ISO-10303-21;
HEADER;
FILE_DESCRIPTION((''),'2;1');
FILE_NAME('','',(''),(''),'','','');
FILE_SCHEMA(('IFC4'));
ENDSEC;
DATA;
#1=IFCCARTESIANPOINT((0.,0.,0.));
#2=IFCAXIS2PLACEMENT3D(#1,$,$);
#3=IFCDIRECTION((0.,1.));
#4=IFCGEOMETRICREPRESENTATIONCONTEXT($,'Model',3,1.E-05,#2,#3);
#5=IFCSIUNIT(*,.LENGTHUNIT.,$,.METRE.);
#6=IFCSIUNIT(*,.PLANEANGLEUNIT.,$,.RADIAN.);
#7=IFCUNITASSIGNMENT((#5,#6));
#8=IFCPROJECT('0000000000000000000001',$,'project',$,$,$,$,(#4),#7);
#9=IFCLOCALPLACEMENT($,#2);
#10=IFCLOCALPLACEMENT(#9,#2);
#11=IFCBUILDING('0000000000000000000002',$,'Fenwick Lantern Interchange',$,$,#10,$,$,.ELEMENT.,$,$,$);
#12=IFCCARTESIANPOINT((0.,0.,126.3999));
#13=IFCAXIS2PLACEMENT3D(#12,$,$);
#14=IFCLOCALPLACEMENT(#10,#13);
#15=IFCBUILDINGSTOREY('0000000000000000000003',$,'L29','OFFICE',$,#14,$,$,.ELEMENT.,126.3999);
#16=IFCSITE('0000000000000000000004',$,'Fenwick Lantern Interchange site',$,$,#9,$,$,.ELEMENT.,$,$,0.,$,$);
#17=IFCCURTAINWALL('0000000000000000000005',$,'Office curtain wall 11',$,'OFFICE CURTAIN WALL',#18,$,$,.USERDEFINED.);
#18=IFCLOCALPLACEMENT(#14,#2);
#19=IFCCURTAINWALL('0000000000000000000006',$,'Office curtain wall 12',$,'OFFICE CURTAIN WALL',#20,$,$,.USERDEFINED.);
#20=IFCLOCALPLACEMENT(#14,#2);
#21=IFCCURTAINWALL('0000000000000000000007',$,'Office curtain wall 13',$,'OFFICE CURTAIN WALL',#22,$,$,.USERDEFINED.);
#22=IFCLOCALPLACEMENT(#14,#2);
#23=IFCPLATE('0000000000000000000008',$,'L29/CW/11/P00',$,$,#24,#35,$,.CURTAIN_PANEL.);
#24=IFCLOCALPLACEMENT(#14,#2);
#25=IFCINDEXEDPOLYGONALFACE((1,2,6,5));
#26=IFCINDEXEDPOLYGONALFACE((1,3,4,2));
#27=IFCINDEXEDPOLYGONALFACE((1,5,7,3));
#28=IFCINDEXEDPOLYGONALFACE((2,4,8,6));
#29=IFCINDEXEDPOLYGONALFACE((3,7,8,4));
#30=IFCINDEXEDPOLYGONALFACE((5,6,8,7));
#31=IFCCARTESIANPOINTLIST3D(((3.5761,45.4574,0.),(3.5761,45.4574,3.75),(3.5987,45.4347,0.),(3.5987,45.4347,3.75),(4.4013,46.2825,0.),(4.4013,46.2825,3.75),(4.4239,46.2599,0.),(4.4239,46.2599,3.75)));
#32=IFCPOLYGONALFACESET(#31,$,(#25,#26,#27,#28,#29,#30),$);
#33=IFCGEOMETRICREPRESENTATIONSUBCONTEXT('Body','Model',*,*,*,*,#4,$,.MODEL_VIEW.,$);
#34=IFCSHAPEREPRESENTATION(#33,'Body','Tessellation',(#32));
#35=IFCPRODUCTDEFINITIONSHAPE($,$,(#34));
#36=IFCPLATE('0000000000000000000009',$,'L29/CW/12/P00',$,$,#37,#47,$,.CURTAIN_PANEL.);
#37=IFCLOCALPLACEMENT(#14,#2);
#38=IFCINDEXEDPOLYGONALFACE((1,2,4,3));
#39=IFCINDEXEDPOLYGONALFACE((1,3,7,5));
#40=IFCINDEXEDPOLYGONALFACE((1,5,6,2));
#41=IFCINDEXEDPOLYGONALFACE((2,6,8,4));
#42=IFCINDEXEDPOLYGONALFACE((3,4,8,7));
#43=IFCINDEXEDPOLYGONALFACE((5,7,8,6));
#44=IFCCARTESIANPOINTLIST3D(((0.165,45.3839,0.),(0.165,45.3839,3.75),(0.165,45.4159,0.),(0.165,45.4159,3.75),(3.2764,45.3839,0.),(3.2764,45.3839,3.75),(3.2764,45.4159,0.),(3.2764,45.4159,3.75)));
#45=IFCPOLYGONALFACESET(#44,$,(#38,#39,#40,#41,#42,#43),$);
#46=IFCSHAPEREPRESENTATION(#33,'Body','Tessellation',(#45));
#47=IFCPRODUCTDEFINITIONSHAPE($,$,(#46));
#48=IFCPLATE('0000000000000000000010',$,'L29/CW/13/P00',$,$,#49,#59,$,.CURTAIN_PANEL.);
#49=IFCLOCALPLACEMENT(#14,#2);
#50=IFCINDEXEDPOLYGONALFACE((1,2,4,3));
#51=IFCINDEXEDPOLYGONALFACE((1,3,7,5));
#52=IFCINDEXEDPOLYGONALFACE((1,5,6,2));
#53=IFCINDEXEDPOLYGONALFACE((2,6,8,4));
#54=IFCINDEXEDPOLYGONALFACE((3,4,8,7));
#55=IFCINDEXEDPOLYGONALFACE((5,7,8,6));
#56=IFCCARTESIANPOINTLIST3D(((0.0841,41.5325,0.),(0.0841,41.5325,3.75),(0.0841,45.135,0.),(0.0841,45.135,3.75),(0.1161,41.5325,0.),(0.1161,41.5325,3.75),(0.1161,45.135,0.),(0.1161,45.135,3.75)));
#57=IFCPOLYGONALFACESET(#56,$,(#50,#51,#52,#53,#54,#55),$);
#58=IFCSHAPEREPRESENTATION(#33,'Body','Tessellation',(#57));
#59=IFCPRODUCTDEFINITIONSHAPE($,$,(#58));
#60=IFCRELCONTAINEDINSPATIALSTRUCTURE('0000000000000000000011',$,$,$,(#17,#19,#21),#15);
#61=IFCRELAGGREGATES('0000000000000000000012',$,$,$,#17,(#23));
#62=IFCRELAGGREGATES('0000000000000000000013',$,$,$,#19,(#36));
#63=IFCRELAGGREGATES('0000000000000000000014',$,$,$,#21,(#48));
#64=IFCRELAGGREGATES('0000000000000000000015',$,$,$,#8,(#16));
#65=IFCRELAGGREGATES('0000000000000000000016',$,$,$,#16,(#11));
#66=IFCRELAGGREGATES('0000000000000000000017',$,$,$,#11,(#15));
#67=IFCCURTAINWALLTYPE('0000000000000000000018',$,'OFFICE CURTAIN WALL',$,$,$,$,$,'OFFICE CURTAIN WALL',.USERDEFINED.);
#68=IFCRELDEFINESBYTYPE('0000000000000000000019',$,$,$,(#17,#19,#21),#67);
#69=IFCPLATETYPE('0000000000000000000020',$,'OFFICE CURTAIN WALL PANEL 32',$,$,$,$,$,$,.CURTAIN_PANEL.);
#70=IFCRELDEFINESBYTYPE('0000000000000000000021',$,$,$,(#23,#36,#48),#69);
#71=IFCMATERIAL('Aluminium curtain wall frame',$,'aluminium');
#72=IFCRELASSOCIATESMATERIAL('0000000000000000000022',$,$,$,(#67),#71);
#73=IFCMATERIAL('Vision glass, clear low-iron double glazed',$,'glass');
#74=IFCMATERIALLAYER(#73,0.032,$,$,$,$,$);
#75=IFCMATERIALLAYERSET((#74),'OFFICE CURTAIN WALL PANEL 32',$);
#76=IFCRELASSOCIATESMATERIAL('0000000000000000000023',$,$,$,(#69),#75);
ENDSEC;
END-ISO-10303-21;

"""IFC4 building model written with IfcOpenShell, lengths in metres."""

from ifc_helpers import new_model, si_unit, direction, frame, origin, origin_2d, place, context, subcontext, project, spatial, rectangle, extrude, material, layer, layer_set, type_object, element, aggregate, save


model = new_model("IFC4")

# Units and contexts
model_context = context("Model", 3, precision=1e-05, world=origin(), true_north=direction((0.0, 1.0)))
body_context = subcontext(model_context, "Body", "Model", "MODEL_VIEW")
ifc_project = project(units=[si_unit("LENGTHUNIT", "METRE"), si_unit("PLANEANGLEUNIT", "RADIAN")], contexts=[model_context])

# Site, building, storey
site_placement = place(None, origin())
site = spatial("IfcSite", under=ifc_project, at=site_placement, Name="Fenwick Lantern Interchange site", CompositionType="ELEMENT", RefElevation=0.0)
building_placement = place(site_placement, origin())
building = spatial("IfcBuilding", under=site, at=building_placement, Name="Fenwick Lantern Interchange", CompositionType="ELEMENT")
storey_placement = place(building_placement, frame((0.0, 0.0, 126.3999)))
storey = spatial("IfcBuildingStorey", under=building, at=storey_placement, Name="L29", Description="OFFICE", CompositionType="ELEMENT", Elevation=126.3999)

# Shared definitions
ifc_material_1 = material(Name="Aluminium curtain wall frame", Category="aluminium")
curtain_wall_type = type_object("IfcCurtainWallType", Name="OFFICE CURTAIN WALL", ElementType="OFFICE CURTAIN WALL", PredefinedType="USERDEFINED", material=ifc_material_1)

# Curtain walls
curtain_wall_1_placement = place(storey_placement, origin())
curtain_wall_1 = element("IfcCurtainWall", 1, at=curtain_wall_1_placement, inside=storey, type_object=curtain_wall_type, Name="Office curtain wall 11", ObjectType="OFFICE CURTAIN WALL", PredefinedType="USERDEFINED")
curtain_wall_2_placement = place(storey_placement, origin())
curtain_wall_2 = element("IfcCurtainWall", 2, at=curtain_wall_2_placement, inside=storey, type_object=curtain_wall_type, Name="Office curtain wall 12", ObjectType="OFFICE CURTAIN WALL", PredefinedType="USERDEFINED")
curtain_wall_3_placement = place(storey_placement, origin())
curtain_wall_3 = element("IfcCurtainWall", 3, at=curtain_wall_3_placement, inside=storey, type_object=curtain_wall_type, Name="Office curtain wall 13", ObjectType="OFFICE CURTAIN WALL", PredefinedType="USERDEFINED")

# Plates
ifc_material_2 = material(Name="Vision glass, clear low-iron double glazed", Category="glass")
ifc_layer_1 = layer(ifc_material_2, 0.032)
ifc_layer_set_1 = layer_set([ifc_layer_1], Name="OFFICE CURTAIN WALL PANEL 32")
plate_type = type_object("IfcPlateType", Name="OFFICE CURTAIN WALL PANEL 32", PredefinedType="CURTAIN_PANEL", material=ifc_layer_set_1)
plate_1_placement = place(storey_placement, frame((4.0, 45.8586, 0.0), z_axis=(0.0, 0.0, 1.0), x_axis=(-0.707107, -0.707107, 0.0)))
plate_1 = element("IfcPlate", 4, at=plate_1_placement, type_object=plate_type, Name="L29/CW/11/P00", PredefinedType="CURTAIN_PANEL", context=body_context, shape_type="SweptSolid", body=[
    extrude(rectangle(XDim=1.167, YDim=0.032, at=origin_2d()), origin(), (0.0, 0.0, 1.0), 3.75),
])
aggregate(curtain_wall_1, [plate_1])
plate_2_placement = place(storey_placement, frame((1.7207, 45.3999, 0.0), z_axis=(0.0, 0.0, 1.0), x_axis=(-1.0, 0.0, 0.0)))
plate_2 = element("IfcPlate", 5, at=plate_2_placement, type_object=plate_type, Name="L29/CW/12/P00", PredefinedType="CURTAIN_PANEL", context=body_context, shape_type="SweptSolid", body=[
    extrude(rectangle(XDim=3.1113, YDim=0.032, at=origin_2d()), origin(), (0.0, 0.0, 1.0), 3.75),
])
aggregate(curtain_wall_2, [plate_2])
plate_3_placement = place(storey_placement, frame((0.1001, 43.3337, 0.0), z_axis=(0.0, 0.0, 1.0), x_axis=(0.0, -1.0, 0.0)))
plate_3 = element("IfcPlate", 6, at=plate_3_placement, type_object=plate_type, Name="L29/CW/13/P00", PredefinedType="CURTAIN_PANEL", context=body_context, shape_type="SweptSolid", body=[
    extrude(rectangle(XDim=3.6025, YDim=0.032, at=origin_2d()), origin(), (0.0, 0.0, 1.0), 3.75),
])
aggregate(curtain_wall_3, [plate_3])

save(model, "model.ifc")
